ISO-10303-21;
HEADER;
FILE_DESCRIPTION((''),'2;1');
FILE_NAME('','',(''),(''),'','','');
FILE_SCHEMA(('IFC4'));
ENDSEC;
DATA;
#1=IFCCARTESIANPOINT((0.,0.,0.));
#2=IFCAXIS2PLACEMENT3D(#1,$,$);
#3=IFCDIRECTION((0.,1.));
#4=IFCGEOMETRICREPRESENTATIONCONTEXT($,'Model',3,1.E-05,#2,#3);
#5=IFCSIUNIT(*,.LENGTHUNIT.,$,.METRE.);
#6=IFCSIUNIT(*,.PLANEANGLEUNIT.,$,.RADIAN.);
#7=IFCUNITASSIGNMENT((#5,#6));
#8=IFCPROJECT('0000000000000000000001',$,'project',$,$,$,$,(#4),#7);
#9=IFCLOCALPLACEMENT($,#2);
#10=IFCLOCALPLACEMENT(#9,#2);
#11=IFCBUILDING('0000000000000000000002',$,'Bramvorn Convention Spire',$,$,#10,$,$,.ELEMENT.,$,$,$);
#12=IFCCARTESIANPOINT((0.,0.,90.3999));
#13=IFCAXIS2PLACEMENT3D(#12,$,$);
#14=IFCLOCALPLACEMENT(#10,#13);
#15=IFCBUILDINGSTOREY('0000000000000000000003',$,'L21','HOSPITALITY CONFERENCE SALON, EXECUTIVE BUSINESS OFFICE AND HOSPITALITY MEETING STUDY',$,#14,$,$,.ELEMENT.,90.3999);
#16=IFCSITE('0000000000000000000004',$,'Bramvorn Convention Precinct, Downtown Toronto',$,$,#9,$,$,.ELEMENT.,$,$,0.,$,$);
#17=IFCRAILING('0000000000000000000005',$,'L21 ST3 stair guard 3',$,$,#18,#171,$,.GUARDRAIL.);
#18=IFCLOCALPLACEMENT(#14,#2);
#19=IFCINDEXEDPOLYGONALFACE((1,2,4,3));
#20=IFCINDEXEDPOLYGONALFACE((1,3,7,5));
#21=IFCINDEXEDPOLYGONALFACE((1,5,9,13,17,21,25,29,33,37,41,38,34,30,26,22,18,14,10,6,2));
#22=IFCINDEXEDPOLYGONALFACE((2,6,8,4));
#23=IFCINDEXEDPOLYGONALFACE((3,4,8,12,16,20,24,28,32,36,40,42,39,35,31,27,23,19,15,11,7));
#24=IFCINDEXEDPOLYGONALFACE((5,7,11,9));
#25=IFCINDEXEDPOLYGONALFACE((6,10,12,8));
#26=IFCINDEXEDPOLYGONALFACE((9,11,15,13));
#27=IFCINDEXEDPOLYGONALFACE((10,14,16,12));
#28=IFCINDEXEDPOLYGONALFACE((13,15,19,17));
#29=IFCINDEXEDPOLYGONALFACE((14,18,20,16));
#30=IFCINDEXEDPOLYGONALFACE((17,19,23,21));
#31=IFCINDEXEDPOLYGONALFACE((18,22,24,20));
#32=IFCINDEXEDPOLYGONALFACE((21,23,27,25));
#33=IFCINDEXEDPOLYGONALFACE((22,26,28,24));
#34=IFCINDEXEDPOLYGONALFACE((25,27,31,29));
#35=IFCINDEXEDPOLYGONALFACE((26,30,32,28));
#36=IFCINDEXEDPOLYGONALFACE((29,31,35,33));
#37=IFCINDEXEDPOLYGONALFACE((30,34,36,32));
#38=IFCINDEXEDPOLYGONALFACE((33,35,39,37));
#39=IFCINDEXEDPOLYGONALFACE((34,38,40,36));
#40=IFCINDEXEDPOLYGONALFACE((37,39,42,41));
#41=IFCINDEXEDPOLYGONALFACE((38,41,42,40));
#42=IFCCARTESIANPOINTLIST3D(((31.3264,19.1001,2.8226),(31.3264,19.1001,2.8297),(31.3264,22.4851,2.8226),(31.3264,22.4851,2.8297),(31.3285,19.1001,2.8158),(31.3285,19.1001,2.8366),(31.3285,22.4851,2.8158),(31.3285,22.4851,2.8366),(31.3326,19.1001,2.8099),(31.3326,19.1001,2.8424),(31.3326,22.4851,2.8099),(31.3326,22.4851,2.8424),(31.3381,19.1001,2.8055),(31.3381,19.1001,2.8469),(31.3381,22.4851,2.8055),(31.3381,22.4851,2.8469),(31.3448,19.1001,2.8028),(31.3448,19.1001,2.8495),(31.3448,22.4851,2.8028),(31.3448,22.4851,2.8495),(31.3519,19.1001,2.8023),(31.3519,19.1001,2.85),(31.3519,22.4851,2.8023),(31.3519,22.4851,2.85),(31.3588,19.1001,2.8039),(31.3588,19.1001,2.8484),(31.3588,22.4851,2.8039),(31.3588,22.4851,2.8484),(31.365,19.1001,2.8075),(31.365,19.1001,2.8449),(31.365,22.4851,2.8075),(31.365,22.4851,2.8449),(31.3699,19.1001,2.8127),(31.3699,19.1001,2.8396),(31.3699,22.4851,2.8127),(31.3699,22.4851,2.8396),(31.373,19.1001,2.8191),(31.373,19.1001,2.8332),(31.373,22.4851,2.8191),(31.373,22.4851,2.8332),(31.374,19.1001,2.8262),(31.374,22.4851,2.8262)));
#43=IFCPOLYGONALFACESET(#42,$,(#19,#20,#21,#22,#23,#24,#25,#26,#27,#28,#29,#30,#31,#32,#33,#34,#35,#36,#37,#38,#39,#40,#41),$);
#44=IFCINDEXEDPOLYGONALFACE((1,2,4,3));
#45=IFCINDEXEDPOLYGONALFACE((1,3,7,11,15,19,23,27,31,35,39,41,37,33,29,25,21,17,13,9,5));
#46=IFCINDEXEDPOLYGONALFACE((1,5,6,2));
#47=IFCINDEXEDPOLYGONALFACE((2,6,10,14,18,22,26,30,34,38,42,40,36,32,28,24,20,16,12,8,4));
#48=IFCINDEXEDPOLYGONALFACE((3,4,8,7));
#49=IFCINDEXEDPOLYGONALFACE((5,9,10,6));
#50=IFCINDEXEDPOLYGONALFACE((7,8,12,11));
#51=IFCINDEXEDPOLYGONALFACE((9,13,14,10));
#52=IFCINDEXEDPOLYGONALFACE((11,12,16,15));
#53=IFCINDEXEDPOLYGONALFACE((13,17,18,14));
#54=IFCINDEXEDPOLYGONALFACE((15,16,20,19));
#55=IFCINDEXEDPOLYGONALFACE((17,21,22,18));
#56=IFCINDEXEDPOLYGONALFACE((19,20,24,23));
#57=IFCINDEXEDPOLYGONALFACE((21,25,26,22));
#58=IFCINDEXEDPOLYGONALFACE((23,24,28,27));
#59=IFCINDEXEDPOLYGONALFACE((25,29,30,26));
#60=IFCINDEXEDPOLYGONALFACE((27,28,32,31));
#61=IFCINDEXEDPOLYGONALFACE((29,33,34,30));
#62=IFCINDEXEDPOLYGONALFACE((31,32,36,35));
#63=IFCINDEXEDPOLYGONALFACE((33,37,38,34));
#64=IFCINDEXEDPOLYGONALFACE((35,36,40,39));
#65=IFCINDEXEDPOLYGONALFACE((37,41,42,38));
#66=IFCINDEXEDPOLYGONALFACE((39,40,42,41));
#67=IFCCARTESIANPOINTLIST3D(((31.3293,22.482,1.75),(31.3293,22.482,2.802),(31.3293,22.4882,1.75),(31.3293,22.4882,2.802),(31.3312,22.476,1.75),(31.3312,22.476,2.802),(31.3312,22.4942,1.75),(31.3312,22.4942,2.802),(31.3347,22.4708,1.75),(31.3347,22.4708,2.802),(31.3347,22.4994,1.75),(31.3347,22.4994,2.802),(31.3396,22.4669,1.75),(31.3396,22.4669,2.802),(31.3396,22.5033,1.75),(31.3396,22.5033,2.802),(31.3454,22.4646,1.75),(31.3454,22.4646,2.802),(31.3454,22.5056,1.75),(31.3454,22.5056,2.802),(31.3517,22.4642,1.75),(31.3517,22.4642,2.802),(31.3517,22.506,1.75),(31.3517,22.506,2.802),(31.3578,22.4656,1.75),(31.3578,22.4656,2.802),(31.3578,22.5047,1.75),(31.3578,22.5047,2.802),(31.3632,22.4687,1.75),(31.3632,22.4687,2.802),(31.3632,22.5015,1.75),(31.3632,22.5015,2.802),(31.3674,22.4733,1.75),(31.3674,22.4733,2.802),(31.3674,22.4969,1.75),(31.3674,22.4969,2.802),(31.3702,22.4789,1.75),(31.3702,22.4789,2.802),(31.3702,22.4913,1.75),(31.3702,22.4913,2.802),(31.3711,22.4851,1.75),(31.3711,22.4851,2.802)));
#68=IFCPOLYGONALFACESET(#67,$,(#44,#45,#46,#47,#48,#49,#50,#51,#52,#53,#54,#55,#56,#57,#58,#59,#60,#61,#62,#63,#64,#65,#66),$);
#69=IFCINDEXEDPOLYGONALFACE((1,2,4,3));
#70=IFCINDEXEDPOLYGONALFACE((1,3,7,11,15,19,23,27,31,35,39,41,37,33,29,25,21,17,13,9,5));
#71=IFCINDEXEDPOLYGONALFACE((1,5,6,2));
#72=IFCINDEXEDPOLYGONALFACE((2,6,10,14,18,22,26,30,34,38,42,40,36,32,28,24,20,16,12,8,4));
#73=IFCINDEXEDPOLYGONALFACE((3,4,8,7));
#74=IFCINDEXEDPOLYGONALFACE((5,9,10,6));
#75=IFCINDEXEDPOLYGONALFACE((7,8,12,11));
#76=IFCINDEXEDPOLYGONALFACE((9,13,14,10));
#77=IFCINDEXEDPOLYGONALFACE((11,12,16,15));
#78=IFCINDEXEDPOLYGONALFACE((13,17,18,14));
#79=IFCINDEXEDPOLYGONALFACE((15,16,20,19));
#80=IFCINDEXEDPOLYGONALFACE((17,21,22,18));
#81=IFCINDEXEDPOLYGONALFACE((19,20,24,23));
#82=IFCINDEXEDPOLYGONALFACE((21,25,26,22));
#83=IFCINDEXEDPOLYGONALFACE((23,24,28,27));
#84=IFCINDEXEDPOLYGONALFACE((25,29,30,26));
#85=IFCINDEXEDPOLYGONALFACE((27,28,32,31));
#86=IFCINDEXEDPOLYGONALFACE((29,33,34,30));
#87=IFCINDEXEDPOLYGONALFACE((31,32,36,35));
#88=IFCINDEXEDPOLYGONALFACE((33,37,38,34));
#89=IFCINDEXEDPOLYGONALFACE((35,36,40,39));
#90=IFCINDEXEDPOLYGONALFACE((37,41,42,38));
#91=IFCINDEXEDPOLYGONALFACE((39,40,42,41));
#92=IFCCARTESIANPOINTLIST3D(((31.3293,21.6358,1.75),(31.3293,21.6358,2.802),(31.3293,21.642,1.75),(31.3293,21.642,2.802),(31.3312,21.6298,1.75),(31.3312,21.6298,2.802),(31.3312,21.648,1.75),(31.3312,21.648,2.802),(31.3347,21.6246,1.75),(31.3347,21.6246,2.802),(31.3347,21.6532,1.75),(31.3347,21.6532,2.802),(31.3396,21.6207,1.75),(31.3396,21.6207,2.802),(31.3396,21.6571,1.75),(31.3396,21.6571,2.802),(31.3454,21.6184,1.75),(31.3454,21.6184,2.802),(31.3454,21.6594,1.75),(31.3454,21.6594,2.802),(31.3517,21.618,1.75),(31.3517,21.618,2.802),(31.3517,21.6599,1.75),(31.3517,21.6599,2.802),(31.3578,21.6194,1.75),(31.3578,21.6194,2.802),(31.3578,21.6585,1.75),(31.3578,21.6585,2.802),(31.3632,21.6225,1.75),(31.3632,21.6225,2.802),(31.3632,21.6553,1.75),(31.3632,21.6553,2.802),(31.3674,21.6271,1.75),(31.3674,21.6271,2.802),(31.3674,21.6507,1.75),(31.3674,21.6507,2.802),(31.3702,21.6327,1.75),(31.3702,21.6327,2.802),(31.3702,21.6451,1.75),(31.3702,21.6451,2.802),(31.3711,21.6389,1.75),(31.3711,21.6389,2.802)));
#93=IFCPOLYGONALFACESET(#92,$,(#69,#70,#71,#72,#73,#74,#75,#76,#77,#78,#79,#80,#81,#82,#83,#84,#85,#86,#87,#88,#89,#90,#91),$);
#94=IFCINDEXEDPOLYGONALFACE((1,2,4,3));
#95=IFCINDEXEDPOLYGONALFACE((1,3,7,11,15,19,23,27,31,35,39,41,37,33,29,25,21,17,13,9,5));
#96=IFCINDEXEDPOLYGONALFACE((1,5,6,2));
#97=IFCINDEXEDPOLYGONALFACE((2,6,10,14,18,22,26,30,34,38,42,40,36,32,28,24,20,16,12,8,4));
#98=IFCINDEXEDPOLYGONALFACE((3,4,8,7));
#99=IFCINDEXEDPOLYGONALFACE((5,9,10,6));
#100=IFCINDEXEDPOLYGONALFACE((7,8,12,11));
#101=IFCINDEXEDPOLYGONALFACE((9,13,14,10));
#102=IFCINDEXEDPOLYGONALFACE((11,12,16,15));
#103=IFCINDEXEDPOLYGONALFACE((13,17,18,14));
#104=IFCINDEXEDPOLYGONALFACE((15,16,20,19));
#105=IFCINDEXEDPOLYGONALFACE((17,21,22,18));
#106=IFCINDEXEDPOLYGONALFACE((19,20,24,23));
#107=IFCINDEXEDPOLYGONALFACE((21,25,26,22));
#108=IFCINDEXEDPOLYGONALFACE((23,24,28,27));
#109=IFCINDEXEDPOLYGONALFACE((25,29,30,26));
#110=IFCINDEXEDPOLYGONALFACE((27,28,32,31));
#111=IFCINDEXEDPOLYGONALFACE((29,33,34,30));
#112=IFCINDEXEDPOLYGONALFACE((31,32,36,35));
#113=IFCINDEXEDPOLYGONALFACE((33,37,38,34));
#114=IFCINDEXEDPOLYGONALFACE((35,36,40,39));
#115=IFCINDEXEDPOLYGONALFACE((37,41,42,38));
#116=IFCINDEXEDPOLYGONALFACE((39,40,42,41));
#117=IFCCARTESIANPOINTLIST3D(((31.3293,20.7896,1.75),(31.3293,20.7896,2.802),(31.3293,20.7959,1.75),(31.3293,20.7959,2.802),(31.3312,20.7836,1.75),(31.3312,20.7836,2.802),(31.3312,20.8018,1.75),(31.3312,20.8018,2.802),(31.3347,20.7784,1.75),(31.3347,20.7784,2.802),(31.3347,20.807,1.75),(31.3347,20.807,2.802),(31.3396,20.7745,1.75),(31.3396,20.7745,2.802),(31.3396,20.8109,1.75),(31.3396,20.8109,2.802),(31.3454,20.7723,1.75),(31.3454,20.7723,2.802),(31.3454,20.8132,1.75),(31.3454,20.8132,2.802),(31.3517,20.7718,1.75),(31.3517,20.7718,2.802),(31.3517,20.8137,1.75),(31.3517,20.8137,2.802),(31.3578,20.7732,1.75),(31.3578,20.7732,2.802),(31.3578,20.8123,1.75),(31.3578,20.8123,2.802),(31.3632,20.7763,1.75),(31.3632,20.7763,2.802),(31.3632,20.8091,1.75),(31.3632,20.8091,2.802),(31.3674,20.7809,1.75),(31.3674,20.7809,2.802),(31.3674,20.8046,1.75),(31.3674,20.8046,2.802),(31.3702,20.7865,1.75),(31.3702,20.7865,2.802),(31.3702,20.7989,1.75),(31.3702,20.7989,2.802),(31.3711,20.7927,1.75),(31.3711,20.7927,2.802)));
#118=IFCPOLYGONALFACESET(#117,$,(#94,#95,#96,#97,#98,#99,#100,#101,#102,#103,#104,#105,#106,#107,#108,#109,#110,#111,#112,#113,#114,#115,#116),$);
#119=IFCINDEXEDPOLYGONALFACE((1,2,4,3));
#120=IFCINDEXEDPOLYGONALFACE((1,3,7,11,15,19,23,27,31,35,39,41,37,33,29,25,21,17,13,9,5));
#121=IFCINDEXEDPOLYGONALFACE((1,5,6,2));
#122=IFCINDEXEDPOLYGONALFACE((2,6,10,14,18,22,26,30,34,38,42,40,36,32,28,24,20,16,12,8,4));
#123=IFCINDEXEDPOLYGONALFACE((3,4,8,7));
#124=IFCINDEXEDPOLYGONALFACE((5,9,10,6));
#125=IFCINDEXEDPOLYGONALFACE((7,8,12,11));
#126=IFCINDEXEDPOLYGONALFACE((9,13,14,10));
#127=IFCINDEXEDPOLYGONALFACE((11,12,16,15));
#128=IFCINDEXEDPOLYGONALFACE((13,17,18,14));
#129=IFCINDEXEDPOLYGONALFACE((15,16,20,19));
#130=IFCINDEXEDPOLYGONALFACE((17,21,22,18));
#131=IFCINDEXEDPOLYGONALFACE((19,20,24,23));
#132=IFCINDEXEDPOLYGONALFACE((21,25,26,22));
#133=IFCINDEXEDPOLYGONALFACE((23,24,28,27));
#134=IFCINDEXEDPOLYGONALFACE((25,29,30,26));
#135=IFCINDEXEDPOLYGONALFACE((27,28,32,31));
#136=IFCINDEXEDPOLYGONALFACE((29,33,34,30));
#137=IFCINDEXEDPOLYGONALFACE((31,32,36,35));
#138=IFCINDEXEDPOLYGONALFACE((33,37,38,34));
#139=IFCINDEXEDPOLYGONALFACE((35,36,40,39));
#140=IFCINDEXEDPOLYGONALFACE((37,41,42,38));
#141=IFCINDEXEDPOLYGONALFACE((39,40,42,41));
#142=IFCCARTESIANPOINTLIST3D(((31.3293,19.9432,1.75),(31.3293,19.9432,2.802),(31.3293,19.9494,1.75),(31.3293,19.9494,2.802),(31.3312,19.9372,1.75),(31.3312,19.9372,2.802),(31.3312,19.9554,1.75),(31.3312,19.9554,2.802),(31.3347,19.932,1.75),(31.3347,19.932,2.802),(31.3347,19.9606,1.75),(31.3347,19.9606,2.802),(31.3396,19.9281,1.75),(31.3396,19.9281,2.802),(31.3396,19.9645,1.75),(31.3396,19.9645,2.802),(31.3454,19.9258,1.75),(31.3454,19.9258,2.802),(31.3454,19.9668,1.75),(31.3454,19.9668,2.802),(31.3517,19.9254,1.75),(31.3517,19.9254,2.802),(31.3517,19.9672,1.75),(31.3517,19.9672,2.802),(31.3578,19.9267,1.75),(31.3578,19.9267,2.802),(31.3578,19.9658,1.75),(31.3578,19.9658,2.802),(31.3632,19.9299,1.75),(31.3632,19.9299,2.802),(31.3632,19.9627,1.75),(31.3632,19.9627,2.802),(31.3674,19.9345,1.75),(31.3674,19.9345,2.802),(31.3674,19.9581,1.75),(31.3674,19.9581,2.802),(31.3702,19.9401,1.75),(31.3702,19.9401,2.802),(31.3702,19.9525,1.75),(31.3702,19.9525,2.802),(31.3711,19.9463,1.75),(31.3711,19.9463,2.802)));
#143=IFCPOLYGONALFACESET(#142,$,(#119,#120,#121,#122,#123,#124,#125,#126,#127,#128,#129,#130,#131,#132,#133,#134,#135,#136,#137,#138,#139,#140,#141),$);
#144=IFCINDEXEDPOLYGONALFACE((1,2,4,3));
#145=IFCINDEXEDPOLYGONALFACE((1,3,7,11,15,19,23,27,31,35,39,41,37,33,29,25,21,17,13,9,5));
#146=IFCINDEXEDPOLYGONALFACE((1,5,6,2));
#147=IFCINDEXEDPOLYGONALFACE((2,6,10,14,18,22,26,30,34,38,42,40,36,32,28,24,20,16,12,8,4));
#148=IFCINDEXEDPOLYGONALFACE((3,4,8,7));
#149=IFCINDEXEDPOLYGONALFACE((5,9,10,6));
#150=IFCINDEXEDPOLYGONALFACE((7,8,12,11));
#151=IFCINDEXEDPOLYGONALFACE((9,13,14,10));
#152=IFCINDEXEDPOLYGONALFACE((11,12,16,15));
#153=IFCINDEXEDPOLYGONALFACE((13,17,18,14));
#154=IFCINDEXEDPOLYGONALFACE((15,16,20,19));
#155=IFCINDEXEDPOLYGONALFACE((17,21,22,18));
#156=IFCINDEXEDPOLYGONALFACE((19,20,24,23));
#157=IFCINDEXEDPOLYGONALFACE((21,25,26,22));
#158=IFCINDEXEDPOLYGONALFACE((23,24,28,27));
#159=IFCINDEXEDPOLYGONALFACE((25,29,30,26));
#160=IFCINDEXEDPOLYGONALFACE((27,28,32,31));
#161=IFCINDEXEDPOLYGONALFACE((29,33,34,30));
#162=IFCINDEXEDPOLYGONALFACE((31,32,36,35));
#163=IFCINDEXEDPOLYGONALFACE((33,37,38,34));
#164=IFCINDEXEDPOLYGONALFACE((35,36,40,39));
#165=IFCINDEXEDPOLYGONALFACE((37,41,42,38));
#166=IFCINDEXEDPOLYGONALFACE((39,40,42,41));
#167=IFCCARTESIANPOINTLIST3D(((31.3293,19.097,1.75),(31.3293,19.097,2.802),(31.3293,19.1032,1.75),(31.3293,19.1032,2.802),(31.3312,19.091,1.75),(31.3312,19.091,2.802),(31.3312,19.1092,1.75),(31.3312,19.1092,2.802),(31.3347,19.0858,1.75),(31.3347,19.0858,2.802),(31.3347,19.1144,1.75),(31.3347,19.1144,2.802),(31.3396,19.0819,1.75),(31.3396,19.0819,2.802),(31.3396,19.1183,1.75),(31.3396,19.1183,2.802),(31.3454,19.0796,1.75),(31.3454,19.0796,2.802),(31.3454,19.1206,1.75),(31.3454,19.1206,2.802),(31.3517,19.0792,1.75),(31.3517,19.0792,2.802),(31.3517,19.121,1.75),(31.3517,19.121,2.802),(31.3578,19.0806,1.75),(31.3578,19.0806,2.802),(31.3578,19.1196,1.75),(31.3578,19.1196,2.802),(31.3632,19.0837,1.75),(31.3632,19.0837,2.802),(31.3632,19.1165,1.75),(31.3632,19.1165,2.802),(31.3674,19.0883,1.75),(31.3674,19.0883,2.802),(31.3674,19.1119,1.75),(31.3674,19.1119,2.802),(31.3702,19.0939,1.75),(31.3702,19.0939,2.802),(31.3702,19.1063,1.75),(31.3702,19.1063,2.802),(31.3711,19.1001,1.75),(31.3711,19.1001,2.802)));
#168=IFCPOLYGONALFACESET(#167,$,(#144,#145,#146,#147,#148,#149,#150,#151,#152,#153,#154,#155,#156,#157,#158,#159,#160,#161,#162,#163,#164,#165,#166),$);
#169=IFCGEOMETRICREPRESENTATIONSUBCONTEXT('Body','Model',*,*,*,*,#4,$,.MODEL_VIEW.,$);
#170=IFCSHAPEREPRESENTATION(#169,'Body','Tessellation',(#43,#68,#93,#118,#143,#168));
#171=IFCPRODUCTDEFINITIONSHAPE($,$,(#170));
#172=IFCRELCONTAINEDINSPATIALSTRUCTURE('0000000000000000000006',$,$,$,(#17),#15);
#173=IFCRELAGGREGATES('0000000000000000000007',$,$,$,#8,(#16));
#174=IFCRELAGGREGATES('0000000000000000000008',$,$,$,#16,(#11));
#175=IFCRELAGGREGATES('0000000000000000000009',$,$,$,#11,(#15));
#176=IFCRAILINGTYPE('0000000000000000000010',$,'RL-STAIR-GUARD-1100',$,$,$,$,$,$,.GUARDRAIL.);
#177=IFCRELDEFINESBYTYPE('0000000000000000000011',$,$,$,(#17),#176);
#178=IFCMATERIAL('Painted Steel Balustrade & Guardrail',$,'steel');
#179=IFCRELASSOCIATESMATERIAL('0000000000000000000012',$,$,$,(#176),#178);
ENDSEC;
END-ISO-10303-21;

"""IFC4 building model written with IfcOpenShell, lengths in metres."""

from ifc_helpers import new_model, si_unit, direction, frame, origin, origin_2d, place, context, subcontext, project, spatial, circle, extrude, material, type_object, element, save


model = new_model("IFC4")

# Units and contexts
model_context = context("Model", 3, precision=1e-05, world=origin(), true_north=direction((0.0, 1.0)))
body_context = subcontext(model_context, "Body", "Model", "MODEL_VIEW")
ifc_project = project(units=[si_unit("LENGTHUNIT", "METRE"), si_unit("PLANEANGLEUNIT", "RADIAN")], contexts=[model_context])

# Site, building, storey
site_placement = place(None, origin())
site = spatial("IfcSite", under=ifc_project, at=site_placement, Name="Bramvorn Convention Precinct, Downtown Toronto", CompositionType="ELEMENT", RefElevation=0.0)
building_placement = place(site_placement, origin())
building = spatial("IfcBuilding", under=site, at=building_placement, Name="Bramvorn Convention Spire", CompositionType="ELEMENT")
storey_placement = place(building_placement, frame((0.0, 0.0, 90.3999)))
storey = spatial("IfcBuildingStorey", under=building, at=storey_placement, Name="L21", Description="HOSPITALITY CONFERENCE SALON, EXECUTIVE BUSINESS OFFICE AND HOSPITALITY MEETING STUDY", CompositionType="ELEMENT", Elevation=90.3999)

# Railing
ifc_material_1 = material(Name="Painted Steel Balustrade & Guardrail", Category="steel")
railing_type_1 = type_object("IfcRailingType", Name="RL-STAIR-GUARD-1100", PredefinedType="GUARDRAIL", material=ifc_material_1)
for number, where, name in (
    (1, (31.3501, 22.4851, 1.75), "L21 ST3 stair guard 3"),
):
    element("IfcRailing", number, at=place(storey_placement, frame(where)), inside=storey, type_object=railing_type_1, Name=name, PredefinedType="GUARDRAIL", context=body_context, shape_type="SweptSolid", body=[
        extrude(circle(Radius=0.0239, at=origin_2d()), frame((0.0, 0.0, 1.0762), z_axis=(0.0, -1.0, 0.0), x_axis=(1.0, 0.0, 0.0)), (0.0, 0.0, 1.0), 3.385),
        extrude(circle(Radius=0.021, at=origin_2d()), origin(), (0.0, 0.0, 1.0), 1.052),
        extrude(circle(Radius=0.021, at=origin_2d()), frame((0.0, -0.8462, 0.0)), (0.0, 0.0, 1.0), 1.052),
        extrude(circle(Radius=0.021, at=origin_2d()), frame((0.0, -1.6924, 0.0)), (0.0, 0.0, 1.0), 1.052),
        extrude(circle(Radius=0.021, at=origin_2d()), frame((0.0, -2.5388, 0.0)), (0.0, 0.0, 1.0), 1.052),
        extrude(circle(Radius=0.021, at=origin_2d()), frame((0.0, -3.385, 0.0)), (0.0, 0.0, 1.0), 1.052),
    ])

save(model, "model.ifc")
